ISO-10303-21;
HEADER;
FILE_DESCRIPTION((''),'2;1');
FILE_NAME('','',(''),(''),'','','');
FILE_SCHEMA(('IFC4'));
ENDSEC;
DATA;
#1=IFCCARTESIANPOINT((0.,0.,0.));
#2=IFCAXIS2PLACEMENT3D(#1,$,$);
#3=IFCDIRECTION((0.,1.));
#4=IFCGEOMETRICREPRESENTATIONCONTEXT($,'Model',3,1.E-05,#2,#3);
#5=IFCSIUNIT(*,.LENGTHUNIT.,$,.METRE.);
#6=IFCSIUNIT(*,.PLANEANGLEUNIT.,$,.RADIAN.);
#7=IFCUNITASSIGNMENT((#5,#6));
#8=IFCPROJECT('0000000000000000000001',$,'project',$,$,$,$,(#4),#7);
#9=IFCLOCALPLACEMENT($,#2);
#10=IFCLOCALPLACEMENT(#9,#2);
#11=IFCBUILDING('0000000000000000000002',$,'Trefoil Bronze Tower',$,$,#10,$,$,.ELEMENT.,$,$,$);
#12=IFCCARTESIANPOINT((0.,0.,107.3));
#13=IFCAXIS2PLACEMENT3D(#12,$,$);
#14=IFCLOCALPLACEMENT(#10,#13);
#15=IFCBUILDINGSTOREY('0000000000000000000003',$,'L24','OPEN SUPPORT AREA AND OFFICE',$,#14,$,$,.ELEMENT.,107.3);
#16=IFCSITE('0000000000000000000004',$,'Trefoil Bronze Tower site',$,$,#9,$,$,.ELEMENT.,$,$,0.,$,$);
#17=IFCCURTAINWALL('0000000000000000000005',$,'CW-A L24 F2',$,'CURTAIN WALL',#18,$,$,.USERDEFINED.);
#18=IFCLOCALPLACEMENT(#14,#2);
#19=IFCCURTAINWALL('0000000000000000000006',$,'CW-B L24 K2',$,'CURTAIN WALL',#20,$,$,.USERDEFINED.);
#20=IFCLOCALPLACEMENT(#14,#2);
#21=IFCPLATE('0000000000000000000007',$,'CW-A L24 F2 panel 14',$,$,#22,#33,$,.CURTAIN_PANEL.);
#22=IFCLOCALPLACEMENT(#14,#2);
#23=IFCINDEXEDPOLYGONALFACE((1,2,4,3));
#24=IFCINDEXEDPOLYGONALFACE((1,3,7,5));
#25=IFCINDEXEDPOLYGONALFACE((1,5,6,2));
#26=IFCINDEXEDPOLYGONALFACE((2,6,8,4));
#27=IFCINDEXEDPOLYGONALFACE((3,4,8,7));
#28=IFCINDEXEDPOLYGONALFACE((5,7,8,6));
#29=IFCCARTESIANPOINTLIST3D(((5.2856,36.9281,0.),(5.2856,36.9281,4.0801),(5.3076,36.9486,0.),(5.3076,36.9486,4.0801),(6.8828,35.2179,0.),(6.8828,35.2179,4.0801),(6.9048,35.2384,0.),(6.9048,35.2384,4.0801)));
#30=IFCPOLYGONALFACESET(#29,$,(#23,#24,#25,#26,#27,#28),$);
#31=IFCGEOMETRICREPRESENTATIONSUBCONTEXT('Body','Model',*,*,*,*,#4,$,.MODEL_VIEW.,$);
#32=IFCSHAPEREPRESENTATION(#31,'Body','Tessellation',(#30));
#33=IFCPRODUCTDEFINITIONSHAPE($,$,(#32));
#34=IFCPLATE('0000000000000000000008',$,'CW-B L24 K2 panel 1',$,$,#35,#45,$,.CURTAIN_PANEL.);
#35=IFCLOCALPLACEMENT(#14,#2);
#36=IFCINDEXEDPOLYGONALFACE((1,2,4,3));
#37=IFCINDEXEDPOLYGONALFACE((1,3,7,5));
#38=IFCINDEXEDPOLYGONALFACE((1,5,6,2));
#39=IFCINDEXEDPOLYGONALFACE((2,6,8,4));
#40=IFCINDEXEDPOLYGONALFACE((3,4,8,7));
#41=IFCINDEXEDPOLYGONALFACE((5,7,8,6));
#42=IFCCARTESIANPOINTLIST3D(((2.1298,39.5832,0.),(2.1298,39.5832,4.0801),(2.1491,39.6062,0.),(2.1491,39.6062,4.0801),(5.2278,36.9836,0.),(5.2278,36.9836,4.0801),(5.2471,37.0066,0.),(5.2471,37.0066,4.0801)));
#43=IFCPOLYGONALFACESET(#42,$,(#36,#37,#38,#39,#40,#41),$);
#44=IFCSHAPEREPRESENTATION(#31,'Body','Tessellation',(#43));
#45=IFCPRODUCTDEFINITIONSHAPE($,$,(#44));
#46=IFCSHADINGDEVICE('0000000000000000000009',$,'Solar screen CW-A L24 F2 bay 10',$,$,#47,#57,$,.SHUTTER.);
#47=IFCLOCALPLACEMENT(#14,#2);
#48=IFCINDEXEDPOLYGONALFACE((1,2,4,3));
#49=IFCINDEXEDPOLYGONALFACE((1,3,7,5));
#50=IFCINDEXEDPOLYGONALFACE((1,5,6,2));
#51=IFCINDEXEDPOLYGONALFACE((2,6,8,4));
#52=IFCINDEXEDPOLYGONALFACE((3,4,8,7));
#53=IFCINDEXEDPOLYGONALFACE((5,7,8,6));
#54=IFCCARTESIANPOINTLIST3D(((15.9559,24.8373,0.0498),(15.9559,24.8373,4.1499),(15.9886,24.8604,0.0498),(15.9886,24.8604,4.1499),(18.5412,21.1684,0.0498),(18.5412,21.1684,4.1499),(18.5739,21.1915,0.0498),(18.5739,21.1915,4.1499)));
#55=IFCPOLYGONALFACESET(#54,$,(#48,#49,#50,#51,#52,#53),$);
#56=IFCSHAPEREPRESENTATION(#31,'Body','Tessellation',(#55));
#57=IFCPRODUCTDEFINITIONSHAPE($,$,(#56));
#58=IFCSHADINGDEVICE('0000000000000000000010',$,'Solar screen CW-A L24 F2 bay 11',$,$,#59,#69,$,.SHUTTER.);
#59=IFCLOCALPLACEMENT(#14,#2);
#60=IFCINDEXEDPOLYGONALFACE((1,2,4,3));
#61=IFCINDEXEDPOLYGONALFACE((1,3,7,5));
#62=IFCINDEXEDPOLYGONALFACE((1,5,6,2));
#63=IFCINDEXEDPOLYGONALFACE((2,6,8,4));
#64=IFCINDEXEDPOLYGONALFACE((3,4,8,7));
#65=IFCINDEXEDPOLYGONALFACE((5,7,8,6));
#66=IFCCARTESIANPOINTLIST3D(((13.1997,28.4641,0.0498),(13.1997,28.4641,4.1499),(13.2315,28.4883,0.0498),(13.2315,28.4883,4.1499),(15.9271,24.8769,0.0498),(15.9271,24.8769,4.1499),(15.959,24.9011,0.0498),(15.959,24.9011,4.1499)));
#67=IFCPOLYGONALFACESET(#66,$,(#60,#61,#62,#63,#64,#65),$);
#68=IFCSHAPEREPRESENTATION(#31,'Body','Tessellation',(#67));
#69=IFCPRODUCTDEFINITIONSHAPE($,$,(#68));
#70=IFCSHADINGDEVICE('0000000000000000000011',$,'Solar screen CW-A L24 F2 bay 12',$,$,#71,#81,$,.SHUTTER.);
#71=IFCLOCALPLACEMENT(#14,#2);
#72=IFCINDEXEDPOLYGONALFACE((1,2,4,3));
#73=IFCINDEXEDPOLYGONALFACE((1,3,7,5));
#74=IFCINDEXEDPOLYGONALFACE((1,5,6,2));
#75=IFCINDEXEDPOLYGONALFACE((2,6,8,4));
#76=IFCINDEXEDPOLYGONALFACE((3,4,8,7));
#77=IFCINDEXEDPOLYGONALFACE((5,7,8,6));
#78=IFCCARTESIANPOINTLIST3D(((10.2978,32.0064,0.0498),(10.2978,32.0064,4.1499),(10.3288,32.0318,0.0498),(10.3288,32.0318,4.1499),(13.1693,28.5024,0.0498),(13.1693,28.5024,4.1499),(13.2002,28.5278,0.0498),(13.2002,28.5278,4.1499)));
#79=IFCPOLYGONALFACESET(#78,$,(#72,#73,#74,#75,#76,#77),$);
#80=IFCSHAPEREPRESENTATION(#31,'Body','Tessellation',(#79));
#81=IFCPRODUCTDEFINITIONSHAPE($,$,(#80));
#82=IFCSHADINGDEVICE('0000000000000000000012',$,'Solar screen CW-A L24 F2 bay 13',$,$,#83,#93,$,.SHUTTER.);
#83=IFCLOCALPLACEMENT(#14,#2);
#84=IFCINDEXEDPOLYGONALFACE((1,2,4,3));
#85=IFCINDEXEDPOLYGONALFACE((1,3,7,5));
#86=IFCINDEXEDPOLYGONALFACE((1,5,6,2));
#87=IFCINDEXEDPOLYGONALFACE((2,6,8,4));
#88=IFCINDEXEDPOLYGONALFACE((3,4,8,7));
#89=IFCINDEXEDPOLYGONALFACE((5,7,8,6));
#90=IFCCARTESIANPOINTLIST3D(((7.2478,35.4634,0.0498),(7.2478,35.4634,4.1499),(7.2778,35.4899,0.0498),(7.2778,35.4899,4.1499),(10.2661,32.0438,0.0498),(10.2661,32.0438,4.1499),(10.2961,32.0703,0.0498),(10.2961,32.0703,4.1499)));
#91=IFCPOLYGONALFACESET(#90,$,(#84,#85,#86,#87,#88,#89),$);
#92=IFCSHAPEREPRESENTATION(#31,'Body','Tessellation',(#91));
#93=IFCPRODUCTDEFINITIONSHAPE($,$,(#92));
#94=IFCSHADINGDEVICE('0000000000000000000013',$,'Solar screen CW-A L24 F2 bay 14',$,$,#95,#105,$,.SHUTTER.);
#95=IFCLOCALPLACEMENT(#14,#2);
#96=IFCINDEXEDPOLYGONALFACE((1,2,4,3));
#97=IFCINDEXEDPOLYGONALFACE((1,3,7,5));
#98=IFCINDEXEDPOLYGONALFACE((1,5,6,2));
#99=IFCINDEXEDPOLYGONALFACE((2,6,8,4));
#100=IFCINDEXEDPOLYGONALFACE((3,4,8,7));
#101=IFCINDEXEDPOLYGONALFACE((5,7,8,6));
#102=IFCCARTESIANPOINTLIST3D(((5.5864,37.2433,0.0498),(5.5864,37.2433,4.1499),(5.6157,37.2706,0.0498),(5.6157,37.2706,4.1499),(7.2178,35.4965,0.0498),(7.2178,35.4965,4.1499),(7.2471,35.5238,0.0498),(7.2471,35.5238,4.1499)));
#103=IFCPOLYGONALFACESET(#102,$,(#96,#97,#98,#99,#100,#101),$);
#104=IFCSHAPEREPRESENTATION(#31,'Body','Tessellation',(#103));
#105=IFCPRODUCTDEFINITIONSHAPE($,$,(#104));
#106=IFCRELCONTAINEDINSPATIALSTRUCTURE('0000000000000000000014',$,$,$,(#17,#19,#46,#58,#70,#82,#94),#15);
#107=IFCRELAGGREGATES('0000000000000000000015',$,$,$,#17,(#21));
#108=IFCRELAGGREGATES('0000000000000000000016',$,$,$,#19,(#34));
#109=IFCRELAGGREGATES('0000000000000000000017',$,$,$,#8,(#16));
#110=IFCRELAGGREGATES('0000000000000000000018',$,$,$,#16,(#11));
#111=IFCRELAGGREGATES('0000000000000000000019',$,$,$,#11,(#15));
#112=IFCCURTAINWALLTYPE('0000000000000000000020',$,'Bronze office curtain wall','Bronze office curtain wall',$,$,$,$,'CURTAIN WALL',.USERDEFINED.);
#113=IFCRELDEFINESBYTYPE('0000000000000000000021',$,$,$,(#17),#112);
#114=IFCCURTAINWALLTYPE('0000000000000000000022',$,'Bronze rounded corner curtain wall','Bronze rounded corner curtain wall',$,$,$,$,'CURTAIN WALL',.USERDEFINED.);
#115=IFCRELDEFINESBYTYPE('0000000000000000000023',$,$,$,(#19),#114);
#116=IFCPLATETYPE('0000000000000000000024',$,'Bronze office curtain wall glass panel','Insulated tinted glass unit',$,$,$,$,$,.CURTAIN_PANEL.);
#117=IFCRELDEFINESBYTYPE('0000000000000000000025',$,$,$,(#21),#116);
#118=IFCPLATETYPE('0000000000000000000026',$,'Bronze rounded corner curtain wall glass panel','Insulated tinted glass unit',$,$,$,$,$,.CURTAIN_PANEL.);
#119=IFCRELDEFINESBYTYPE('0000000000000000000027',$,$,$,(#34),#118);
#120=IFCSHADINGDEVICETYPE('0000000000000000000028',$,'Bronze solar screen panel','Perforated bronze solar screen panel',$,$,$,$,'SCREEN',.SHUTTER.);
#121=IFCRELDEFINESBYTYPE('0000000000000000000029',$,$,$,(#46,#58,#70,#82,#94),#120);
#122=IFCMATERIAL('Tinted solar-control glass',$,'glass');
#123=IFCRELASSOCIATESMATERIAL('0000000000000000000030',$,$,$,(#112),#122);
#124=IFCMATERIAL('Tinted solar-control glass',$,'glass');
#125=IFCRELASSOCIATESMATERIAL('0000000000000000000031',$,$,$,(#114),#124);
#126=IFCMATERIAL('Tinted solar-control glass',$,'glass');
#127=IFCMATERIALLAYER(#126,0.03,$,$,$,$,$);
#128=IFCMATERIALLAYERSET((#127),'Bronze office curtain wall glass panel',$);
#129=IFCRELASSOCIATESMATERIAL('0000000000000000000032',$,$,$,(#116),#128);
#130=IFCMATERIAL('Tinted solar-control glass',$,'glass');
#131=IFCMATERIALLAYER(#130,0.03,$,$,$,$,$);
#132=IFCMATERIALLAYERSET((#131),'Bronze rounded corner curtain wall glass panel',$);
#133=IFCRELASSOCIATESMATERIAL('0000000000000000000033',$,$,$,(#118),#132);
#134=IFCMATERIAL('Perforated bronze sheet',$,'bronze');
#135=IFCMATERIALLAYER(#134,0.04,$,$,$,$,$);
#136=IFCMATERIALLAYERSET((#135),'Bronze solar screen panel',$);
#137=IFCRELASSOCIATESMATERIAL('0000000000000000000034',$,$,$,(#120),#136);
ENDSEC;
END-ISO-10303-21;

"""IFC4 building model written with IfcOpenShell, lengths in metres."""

from ifc_helpers import new_model, si_unit, direction, frame, origin, origin_2d, place, context, subcontext, project, spatial, rectangle, extrude, material, layer, layer_set, type_object, element, aggregate, save


model = new_model("IFC4")

# Units and contexts
model_context = context("Model", 3, precision=1e-05, world=origin(), true_north=direction((0.0, 1.0)))
body_context = subcontext(model_context, "Body", "Model", "MODEL_VIEW")
ifc_project = project(units=[si_unit("LENGTHUNIT", "METRE"), si_unit("PLANEANGLEUNIT", "RADIAN")], contexts=[model_context])

# Site, building, storey
site_placement = place(None, origin())
site = spatial("IfcSite", under=ifc_project, at=site_placement, Name="Trefoil Bronze Tower site", CompositionType="ELEMENT", RefElevation=0.0)
building_placement = place(site_placement, origin())
building = spatial("IfcBuilding", under=site, at=building_placement, Name="Trefoil Bronze Tower", CompositionType="ELEMENT")
storey_placement = place(building_placement, frame((0.0, 0.0, 107.3)))
storey = spatial("IfcBuildingStorey", under=building, at=storey_placement, Name="L24", Description="OPEN SUPPORT AREA AND OFFICE", CompositionType="ELEMENT", Elevation=107.3)

# Curtain walls
ifc_material_1 = material(Name="Tinted solar-control glass", Category="glass")
curtain_wall_type_1 = type_object("IfcCurtainWallType", Name="Bronze office curtain wall", Description="Bronze office curtain wall", ElementType="CURTAIN WALL", PredefinedType="USERDEFINED", material=ifc_material_1)
curtain_wall_1_placement = place(storey_placement, origin())
curtain_wall_1 = element("IfcCurtainWall", 1, at=curtain_wall_1_placement, inside=storey, type_object=curtain_wall_type_1, Name="CW-A L24 F2", ObjectType="CURTAIN WALL", PredefinedType="USERDEFINED")
ifc_material_2 = material(Name="Tinted solar-control glass", Category="glass")
curtain_wall_type_2 = type_object("IfcCurtainWallType", Name="Bronze rounded corner curtain wall", Description="Bronze rounded corner curtain wall", ElementType="CURTAIN WALL", PredefinedType="USERDEFINED", material=ifc_material_2)
curtain_wall_2_placement = place(storey_placement, origin())
curtain_wall_2 = element("IfcCurtainWall", 2, at=curtain_wall_2_placement, inside=storey, type_object=curtain_wall_type_2, Name="CW-B L24 K2", ObjectType="CURTAIN WALL", PredefinedType="USERDEFINED")

# Plates
ifc_material_3 = material(Name="Tinted solar-control glass", Category="glass")
ifc_layer_1 = layer(ifc_material_3, 0.03)
ifc_layer_set_1 = layer_set([ifc_layer_1], Name="Bronze office curtain wall glass panel")
plate_type_1 = type_object("IfcPlateType", Name="Bronze office curtain wall glass panel", Description="Insulated tinted glass unit", PredefinedType="CURTAIN_PANEL", material=ifc_layer_set_1)
plate_1_placement = place(storey_placement, frame((6.0952, 36.0833, 0.0), z_axis=(0.0, 0.0, 1.0), x_axis=(-0.682536, 0.730852, 0.0)))
plate_1 = element("IfcPlate", 3, at=plate_1_placement, type_object=plate_type_1, Name="CW-A L24 F2 panel 14", PredefinedType="CURTAIN_PANEL", context=body_context, shape_type="SweptSolid", body=[
    extrude(rectangle(XDim=2.3401, YDim=0.03, at=origin_2d()), origin(), (0.0, 0.0, 1.0), 4.0801),
])
aggregate(curtain_wall_1, [plate_1])
ifc_material_4 = material(Name="Tinted solar-control glass", Category="glass")
ifc_layer_2 = layer(ifc_material_4, 0.03)
ifc_layer_set_2 = layer_set([ifc_layer_2], Name="Bronze rounded corner curtain wall glass panel")
plate_type_2 = type_object("IfcPlateType", Name="Bronze rounded corner curtain wall glass panel", Description="Insulated tinted glass unit", PredefinedType="CURTAIN_PANEL", material=ifc_layer_set_2)
plate_2_placement = place(storey_placement, frame((3.6885, 38.2949, 0.0), z_axis=(0.0, 0.0, 1.0), x_axis=(-0.766044, 0.642788, 0.0)))
plate_2 = element("IfcPlate", 4, at=plate_2_placement, type_object=plate_type_2, Name="CW-B L24 K2 panel 1", PredefinedType="CURTAIN_PANEL", context=body_context, shape_type="SweptSolid", body=[
    extrude(rectangle(XDim=4.0442, YDim=0.03, at=origin_2d()), origin(), (0.0, 0.0, 1.0), 4.0801),
])
aggregate(curtain_wall_2, [plate_2])

# Shading devices
ifc_material_5 = material(Name="Perforated bronze sheet", Category="bronze")
ifc_layer_3 = layer(ifc_material_5, 0.04)
ifc_layer_set_3 = layer_set([ifc_layer_3], Name="Bronze solar screen panel")
shading_device_type = type_object("IfcShadingDeviceType", Name="Bronze solar screen panel", Description="Perforated bronze solar screen panel", ElementType="SCREEN", PredefinedType="SHUTTER", material=ifc_layer_set_3)
shading_device_1_placement = place(storey_placement, frame((17.2649, 23.0144, 0.0498), z_axis=(0.0, 0.0, 1.0), x_axis=(-0.575999, 0.81745, 0.0)))
element("IfcShadingDevice", 5, at=shading_device_1_placement, inside=storey, type_object=shading_device_type, Name="Solar screen CW-A L24 F2 bay 10", PredefinedType="SHUTTER", context=body_context, shape_type="SweptSolid", body=[
    extrude(rectangle(XDim=4.4883, YDim=0.04, at=origin_2d()), origin(), (0.0, 0.0, 1.0), 4.1001),
])
shading_device_2_placement = place(storey_placement, frame((14.5793, 26.6826, 0.0498), z_axis=(0.0, 0.0, 1.0), x_axis=(-0.605252, 0.796034, 0.0)))
element("IfcShadingDevice", 6, at=shading_device_2_placement, inside=storey, type_object=shading_device_type, Name="Solar screen CW-A L24 F2 bay 11", PredefinedType="SHUTTER", context=body_context, shape_type="SweptSolid", body=[
    extrude(rectangle(XDim=4.5063, YDim=0.04, at=origin_2d()), origin(), (0.0, 0.0, 1.0), 4.1001),
])
shading_device_3_placement = place(storey_placement, frame((11.749, 30.2671, 0.0498), z_axis=(0.0, 0.0, 1.0), x_axis=(-0.63384, 0.773464, 0.0)))
element("IfcShadingDevice", 7, at=shading_device_3_placement, inside=storey, type_object=shading_device_type, Name="Solar screen CW-A L24 F2 bay 12", PredefinedType="SHUTTER", context=body_context, shape_type="SweptSolid", body=[
    extrude(rectangle(XDim=4.5303, YDim=0.04, at=origin_2d()), origin(), (0.0, 0.0, 1.0), 4.1001),
])
shading_device_4_placement = place(storey_placement, frame((8.772, 33.7668, 0.0498), z_axis=(0.0, 0.0, 1.0), x_axis=(-0.661751, 0.749723, 0.0)))
element("IfcShadingDevice", 8, at=shading_device_4_placement, inside=storey, type_object=shading_device_type, Name="Solar screen CW-A L24 F2 bay 13", PredefinedType="SHUTTER", context=body_context, shape_type="SweptSolid", body=[
    extrude(rectangle(XDim=4.561, YDim=0.04, at=origin_2d()), origin(), (0.0, 0.0, 1.0), 4.1001),
])
shading_device_5_placement = place(storey_placement, frame((6.4167, 36.3835, 0.0498), z_axis=(0.0, 0.0, 1.0), x_axis=(-0.682536, 0.730852, 0.0)))
element("IfcShadingDevice", 9, at=shading_device_5_placement, inside=storey, type_object=shading_device_type, Name="Solar screen CW-A L24 F2 bay 14", PredefinedType="SHUTTER", context=body_context, shape_type="SweptSolid", body=[
    extrude(rectangle(XDim=2.3901, YDim=0.04, at=origin_2d()), origin(), (0.0, 0.0, 1.0), 4.1001),
])

save(model, "model.ifc")
